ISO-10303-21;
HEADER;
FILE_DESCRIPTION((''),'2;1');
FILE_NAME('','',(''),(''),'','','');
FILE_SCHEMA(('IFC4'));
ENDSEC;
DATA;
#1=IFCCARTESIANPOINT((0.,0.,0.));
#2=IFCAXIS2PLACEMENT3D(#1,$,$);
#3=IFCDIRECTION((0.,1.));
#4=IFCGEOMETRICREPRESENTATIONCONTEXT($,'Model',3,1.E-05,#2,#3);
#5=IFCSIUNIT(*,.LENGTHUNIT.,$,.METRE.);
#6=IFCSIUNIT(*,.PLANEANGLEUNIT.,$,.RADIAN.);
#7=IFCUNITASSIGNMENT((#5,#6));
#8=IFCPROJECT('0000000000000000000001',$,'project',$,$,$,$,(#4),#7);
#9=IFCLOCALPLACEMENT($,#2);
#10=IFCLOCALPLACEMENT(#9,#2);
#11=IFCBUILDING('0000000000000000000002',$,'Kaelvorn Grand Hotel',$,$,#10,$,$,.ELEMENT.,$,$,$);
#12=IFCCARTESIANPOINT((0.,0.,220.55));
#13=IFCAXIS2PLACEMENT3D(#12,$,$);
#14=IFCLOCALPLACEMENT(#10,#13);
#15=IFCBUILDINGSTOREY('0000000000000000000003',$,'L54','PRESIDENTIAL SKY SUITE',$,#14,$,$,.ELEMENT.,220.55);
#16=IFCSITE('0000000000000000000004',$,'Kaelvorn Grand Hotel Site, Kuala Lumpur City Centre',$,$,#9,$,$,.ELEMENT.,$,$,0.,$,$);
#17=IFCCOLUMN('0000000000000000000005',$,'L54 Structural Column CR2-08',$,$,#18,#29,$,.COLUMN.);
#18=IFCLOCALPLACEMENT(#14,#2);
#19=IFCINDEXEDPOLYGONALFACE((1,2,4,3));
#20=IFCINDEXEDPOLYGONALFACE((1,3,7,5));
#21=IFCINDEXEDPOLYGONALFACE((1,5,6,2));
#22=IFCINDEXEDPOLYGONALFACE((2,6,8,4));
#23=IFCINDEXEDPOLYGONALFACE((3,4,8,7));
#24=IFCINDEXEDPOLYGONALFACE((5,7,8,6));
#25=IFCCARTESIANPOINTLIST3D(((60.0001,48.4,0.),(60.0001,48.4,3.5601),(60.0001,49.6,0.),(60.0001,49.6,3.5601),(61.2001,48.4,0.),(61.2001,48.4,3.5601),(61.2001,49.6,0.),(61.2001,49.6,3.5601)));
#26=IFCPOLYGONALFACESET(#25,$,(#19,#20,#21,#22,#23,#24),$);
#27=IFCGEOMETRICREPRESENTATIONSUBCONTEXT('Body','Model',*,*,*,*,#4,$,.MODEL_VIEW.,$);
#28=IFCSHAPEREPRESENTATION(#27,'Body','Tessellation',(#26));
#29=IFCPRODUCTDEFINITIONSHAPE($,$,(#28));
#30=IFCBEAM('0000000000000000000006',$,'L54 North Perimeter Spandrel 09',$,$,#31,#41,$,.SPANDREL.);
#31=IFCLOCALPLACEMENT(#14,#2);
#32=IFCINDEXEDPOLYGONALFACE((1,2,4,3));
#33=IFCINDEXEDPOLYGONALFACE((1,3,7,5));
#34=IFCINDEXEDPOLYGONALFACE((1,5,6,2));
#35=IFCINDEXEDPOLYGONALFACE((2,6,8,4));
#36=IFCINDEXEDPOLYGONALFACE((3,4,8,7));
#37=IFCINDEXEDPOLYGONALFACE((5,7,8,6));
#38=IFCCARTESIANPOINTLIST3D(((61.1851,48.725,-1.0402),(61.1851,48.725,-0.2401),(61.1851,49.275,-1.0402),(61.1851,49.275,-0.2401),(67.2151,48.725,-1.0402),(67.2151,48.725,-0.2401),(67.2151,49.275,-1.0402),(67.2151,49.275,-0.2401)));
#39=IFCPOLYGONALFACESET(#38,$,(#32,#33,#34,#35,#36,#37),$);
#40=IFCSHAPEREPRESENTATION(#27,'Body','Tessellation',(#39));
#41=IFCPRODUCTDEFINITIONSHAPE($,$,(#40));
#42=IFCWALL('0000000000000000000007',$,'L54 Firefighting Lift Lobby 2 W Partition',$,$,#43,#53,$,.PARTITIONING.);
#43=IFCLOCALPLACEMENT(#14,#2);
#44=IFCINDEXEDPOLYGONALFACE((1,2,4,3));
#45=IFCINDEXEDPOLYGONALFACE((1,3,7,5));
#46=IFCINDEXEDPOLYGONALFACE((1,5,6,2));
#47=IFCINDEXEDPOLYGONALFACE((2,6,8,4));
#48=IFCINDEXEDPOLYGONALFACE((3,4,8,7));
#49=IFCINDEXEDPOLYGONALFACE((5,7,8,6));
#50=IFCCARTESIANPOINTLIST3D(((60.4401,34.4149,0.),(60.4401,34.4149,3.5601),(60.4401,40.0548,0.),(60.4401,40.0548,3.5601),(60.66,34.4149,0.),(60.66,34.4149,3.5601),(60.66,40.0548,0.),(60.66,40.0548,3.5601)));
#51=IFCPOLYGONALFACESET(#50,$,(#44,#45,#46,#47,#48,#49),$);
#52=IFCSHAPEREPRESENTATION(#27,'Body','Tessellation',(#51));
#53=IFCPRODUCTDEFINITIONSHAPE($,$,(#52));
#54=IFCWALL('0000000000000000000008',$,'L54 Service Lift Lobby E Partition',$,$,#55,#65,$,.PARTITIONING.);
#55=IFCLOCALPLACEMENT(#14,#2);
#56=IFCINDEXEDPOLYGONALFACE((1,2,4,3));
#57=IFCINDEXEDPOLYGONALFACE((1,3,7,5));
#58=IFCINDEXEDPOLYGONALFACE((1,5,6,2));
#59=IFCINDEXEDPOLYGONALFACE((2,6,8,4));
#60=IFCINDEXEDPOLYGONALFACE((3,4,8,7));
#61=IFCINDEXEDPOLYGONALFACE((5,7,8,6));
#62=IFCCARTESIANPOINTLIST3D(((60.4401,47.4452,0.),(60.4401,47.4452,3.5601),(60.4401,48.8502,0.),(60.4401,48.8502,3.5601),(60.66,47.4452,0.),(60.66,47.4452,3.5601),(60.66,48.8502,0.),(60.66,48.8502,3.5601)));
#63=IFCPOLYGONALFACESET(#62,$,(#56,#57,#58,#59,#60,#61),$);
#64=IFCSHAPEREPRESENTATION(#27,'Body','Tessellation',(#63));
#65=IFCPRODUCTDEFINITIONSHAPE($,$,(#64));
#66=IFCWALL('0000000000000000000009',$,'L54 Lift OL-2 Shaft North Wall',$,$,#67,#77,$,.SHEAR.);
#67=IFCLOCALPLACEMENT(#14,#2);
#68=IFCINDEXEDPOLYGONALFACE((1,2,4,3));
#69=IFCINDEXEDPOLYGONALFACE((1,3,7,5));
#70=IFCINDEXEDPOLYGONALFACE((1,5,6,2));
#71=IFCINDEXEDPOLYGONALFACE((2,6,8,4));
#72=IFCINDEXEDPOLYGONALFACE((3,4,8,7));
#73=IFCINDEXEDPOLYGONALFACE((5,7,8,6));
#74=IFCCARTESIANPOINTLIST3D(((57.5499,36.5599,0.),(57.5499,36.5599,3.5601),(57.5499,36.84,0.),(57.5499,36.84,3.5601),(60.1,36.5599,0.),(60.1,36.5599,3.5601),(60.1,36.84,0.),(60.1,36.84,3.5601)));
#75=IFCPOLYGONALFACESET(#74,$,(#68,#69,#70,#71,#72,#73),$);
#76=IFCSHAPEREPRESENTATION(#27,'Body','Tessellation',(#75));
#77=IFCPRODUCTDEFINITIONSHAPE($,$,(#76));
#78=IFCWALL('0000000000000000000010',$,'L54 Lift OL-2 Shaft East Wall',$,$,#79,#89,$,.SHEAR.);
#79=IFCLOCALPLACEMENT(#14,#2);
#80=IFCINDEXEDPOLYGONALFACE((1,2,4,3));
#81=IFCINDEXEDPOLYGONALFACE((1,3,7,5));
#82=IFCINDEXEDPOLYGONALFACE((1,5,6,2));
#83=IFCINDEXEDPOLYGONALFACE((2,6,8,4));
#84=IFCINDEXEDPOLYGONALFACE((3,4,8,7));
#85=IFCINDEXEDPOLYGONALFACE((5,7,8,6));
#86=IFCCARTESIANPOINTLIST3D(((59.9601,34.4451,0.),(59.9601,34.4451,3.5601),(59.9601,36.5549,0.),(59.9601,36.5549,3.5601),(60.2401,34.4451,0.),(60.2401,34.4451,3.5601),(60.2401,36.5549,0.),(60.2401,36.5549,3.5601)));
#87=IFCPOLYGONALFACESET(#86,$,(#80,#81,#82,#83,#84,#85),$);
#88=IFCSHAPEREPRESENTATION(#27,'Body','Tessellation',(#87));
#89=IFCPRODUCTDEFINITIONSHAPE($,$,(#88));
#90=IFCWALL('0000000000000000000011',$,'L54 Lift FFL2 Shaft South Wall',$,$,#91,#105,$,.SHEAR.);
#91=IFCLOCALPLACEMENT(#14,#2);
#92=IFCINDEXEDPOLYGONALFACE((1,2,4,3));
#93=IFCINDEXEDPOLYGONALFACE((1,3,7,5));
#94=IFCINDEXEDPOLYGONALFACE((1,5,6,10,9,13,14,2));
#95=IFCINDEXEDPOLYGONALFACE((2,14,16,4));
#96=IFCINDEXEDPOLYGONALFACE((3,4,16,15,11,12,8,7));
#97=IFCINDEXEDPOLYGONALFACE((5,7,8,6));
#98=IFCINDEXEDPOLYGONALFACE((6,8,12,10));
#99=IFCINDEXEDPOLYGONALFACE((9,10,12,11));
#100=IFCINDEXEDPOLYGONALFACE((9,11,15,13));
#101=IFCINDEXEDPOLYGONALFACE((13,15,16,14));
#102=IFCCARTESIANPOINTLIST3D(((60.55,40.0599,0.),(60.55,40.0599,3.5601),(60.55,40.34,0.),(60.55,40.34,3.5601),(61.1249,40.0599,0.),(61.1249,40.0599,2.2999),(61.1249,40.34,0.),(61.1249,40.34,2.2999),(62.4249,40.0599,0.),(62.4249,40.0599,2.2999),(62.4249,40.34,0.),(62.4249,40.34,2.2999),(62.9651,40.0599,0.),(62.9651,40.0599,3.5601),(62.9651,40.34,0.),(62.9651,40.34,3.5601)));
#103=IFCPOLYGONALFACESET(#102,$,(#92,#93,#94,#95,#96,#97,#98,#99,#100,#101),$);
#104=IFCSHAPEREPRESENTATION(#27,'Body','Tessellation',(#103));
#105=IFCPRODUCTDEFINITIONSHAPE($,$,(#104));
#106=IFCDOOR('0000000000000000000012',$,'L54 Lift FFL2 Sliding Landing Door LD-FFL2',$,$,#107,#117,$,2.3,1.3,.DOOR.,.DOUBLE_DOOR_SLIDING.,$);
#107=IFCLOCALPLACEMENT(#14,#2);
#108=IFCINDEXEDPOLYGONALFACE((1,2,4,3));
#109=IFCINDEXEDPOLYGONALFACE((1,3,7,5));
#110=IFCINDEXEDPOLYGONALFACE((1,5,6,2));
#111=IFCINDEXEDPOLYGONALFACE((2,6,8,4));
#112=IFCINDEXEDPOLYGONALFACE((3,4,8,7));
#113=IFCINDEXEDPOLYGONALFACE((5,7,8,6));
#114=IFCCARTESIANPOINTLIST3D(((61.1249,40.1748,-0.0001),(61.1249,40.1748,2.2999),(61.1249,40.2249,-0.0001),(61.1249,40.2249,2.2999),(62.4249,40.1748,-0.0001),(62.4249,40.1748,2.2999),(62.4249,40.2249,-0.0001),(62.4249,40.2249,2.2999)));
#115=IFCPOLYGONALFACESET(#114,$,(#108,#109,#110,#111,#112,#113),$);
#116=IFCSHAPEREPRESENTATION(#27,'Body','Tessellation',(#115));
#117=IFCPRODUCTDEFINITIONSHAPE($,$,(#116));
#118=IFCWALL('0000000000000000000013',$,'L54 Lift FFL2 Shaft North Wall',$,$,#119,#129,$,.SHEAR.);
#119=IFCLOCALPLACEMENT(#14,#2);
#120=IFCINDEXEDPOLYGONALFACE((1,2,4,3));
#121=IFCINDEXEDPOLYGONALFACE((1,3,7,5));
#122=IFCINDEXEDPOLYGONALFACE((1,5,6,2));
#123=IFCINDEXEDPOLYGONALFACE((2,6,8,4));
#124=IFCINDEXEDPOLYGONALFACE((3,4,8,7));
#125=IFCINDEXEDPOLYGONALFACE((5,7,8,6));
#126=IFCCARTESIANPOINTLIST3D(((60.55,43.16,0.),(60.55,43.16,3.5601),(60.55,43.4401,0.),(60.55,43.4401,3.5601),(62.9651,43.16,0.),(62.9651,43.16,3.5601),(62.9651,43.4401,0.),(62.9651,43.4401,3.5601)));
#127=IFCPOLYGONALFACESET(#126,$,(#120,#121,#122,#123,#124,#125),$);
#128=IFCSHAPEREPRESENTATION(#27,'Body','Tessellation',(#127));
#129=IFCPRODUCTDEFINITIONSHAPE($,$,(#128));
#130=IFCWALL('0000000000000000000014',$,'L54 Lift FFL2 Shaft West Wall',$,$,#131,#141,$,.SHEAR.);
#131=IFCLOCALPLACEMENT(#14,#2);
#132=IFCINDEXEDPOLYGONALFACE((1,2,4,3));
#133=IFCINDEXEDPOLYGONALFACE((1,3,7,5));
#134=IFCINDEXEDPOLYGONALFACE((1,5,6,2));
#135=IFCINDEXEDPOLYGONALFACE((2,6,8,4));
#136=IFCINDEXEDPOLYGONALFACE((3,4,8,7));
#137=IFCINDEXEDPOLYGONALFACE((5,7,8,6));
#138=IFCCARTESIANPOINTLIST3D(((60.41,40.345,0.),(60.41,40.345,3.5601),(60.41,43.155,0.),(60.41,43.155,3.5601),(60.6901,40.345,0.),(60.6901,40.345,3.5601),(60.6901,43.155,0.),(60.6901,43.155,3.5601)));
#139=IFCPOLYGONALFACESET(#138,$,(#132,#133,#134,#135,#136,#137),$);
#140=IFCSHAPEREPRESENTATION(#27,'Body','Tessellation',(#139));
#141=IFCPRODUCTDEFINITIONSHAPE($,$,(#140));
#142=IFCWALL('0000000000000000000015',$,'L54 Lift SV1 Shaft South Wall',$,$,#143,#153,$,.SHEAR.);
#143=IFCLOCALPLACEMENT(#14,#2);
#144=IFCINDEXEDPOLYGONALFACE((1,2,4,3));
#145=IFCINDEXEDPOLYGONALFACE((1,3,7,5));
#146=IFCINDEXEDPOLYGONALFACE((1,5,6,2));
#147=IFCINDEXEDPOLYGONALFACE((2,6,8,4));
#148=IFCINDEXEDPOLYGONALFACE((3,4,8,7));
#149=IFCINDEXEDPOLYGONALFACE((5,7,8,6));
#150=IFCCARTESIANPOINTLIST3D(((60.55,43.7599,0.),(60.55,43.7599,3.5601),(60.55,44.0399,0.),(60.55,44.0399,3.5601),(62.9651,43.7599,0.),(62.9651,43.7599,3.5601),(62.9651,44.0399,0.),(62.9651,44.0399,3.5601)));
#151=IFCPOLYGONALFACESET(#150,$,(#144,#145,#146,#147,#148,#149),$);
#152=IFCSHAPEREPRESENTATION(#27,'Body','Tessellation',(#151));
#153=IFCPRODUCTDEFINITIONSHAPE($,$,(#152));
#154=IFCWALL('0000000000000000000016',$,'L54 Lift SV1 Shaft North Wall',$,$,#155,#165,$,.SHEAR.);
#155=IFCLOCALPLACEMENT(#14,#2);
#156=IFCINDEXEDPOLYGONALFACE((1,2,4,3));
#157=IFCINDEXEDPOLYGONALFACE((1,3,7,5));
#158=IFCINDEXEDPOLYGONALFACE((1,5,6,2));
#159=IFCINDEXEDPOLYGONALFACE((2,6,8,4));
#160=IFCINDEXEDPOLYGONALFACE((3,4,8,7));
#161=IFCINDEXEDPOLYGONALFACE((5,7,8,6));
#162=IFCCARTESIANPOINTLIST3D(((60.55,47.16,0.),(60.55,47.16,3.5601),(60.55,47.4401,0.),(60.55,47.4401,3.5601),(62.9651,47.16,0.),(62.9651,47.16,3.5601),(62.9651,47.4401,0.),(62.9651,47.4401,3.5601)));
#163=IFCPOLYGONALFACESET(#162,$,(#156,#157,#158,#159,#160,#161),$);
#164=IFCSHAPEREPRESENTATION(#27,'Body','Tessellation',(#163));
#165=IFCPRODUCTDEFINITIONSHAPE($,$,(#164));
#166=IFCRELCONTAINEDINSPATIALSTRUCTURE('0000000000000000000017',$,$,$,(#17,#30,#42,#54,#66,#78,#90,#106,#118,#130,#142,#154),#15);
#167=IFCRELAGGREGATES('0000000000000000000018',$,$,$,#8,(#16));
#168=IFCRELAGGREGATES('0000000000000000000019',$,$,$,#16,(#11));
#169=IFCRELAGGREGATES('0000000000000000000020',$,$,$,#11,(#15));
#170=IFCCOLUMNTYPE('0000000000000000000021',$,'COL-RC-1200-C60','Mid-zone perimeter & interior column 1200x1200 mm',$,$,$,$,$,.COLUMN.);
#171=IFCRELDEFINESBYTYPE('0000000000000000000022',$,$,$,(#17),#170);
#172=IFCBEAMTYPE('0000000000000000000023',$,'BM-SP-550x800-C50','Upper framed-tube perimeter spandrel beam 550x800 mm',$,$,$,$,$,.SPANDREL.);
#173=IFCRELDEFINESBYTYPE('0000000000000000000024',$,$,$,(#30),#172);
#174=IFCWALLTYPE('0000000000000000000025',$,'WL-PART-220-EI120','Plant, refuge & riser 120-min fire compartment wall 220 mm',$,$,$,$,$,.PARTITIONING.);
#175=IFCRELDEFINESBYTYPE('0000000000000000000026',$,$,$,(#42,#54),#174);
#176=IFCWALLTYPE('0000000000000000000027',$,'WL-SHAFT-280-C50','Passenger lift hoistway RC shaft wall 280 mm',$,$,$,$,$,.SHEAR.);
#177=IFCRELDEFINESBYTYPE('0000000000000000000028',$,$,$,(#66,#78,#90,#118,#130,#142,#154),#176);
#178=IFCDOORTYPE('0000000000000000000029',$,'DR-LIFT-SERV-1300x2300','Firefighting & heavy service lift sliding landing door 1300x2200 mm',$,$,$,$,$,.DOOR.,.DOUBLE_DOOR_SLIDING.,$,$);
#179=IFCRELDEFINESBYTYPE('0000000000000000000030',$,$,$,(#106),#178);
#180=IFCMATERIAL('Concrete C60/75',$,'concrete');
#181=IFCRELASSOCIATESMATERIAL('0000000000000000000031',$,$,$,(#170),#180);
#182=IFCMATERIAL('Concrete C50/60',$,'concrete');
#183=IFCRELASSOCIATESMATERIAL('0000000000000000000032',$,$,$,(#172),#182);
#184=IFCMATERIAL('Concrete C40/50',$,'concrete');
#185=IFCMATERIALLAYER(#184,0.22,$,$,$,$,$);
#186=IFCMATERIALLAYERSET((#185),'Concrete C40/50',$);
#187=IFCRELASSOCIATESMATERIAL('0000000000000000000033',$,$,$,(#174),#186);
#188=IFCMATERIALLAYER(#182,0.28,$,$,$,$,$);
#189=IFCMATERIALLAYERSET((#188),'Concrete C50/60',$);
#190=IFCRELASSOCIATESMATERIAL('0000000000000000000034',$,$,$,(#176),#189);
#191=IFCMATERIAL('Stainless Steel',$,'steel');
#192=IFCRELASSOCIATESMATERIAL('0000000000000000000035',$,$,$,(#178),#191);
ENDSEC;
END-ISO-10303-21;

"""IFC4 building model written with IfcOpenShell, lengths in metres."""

from ifc_helpers import new_model, si_unit, direction, frame, frame_2d, origin, origin_2d, place, context, subcontext, project, spatial, rectangle, extrude, material, layer, layer_set, material_profile, profile_set, type_object, element, fill, save


model = new_model("IFC4")

# Units and contexts
model_context = context("Model", 3, precision=1e-05, world=origin(), true_north=direction((0.0, 1.0)))
body_context = subcontext(model_context, "Body", "Model", "MODEL_VIEW")
ifc_project = project(units=[si_unit("LENGTHUNIT", "METRE"), si_unit("PLANEANGLEUNIT", "RADIAN")], contexts=[model_context])

# Site, building, storey
site_placement = place(None, origin())
site = spatial("IfcSite", under=ifc_project, at=site_placement, Name="Kaelvorn Grand Hotel Site, Kuala Lumpur City Centre", CompositionType="ELEMENT", RefElevation=0.0)
building_placement = place(site_placement, origin())
building = spatial("IfcBuilding", under=site, at=building_placement, Name="Kaelvorn Grand Hotel", CompositionType="ELEMENT")
storey_placement = place(building_placement, frame((0.0, 0.0, 220.55)))
storey = spatial("IfcBuildingStorey", under=building, at=storey_placement, Name="L54", Description="PRESIDENTIAL SKY SUITE", CompositionType="ELEMENT", Elevation=220.55)

# Column
ifc_material_1 = material(Name="Concrete C60/75", Category="concrete")
ifc_material_profile_1 = material_profile(ifc_material_1, rectangle(XDim=1.2, YDim=1.2, at=origin_2d()), Name="RC COL 1200x1200")
ifc_profile_set_1 = profile_set([ifc_material_profile_1], Name="Concrete C60/75")
column_type = type_object("IfcColumnType", Name="COL-RC-1200-C60", Description="Mid-zone perimeter & interior column 1200x1200 mm", PredefinedType="COLUMN", material=ifc_profile_set_1)
column_placement = place(storey_placement, frame((60.6001, 49.0, 0.0), z_axis=(0.0, 0.0, 1.0), x_axis=(1.0, 0.0, 0.0)))
element("IfcColumn", 1, at=column_placement, inside=storey, type_object=column_type, Name="L54 Structural Column CR2-08", PredefinedType="COLUMN", context=body_context, shape_type="SweptSolid", body=[
    extrude(rectangle(XDim=1.2, YDim=1.2, at=origin_2d()), origin(), (0.0, 0.0, 1.0), 3.5601),
])

# Beam
ifc_material_2 = material(Name="Concrete C50/60", Category="concrete")
ifc_material_profile_2 = material_profile(ifc_material_2, rectangle(XDim=0.55, YDim=0.8, at=origin_2d()), Name="RC SPANDREL 550x800")
ifc_profile_set_2 = profile_set([ifc_material_profile_2], Name="Concrete C50/60")
beam_type = type_object("IfcBeamType", Name="BM-SP-550x800-C50", Description="Upper framed-tube perimeter spandrel beam 550x800 mm", PredefinedType="SPANDREL", material=ifc_profile_set_2)
beam_placement = place(storey_placement, frame((61.1851, 49.0, -0.6401), z_axis=(1.0, 0.0, 0.0), x_axis=(0.0, 1.0, 0.0)))
element("IfcBeam", 2, at=beam_placement, inside=storey, type_object=beam_type, Name="L54 North Perimeter Spandrel 09", PredefinedType="SPANDREL", context=body_context, shape_type="SweptSolid", body=[
    extrude(rectangle(XDim=0.55, YDim=0.8, at=origin_2d()), origin(), (0.0, 0.0, 1.0), 6.03),
])

# Shared definitions
ifc_material_3 = material(Name="Concrete C40/50", Category="concrete")
ifc_layer_1 = layer(ifc_material_3, 0.22)
ifc_layer_set_1 = layer_set([ifc_layer_1], Name="Concrete C40/50")
wall_type_1 = type_object("IfcWallType", Name="WL-PART-220-EI120", Description="Plant, refuge & riser 120-min fire compartment wall 220 mm", PredefinedType="PARTITIONING", material=ifc_layer_set_1)

# Walls
wall_1_placement = place(storey_placement, frame((60.55, 34.415, 0.0), z_axis=(0.0, 0.0, 1.0), x_axis=(0.0, 1.0, 0.0)))
element("IfcWall", 3, at=wall_1_placement, inside=storey, type_object=wall_type_1, Name="L54 Firefighting Lift Lobby 2 W Partition", PredefinedType="PARTITIONING", context=body_context, shape_type="SweptSolid", body=[
    extrude(rectangle(XDim=5.6399, YDim=0.22, at=frame_2d((2.8198, 0.0))), origin(), (0.0, 0.0, 1.0), 3.5601),
])
wall_2_placement = place(storey_placement, frame((60.55, 47.4451, 0.0), z_axis=(0.0, 0.0, 1.0), x_axis=(0.0, 1.0, 0.0)))
element("IfcWall", 4, at=wall_2_placement, inside=storey, type_object=wall_type_1, Name="L54 Service Lift Lobby E Partition", PredefinedType="PARTITIONING", context=body_context, shape_type="SweptSolid", body=[
    extrude(rectangle(XDim=1.405, YDim=0.22, at=frame_2d((0.7026, 0.0))), origin(), (0.0, 0.0, 1.0), 3.5601),
])
ifc_layer_2 = layer(ifc_material_2, 0.28)
ifc_layer_set_2 = layer_set([ifc_layer_2], Name="Concrete C50/60")
wall_type_2 = type_object("IfcWallType", Name="WL-SHAFT-280-C50", Description="Passenger lift hoistway RC shaft wall 280 mm", PredefinedType="SHEAR", material=ifc_layer_set_2)
wall_3_placement = place(storey_placement, frame((57.55, 36.7, 0.0), z_axis=(0.0, 0.0, 1.0), x_axis=(1.0, 0.0, 0.0)))
element("IfcWall", 5, at=wall_3_placement, inside=storey, type_object=wall_type_2, Name="L54 Lift OL-2 Shaft North Wall", PredefinedType="SHEAR", context=body_context, shape_type="SweptSolid", body=[
    extrude(rectangle(XDim=2.55, YDim=0.28, at=frame_2d((1.2749, 0.0))), origin(), (0.0, 0.0, 1.0), 3.5601),
])
wall_4_placement = place(storey_placement, frame((60.1001, 34.4451, 0.0), z_axis=(0.0, 0.0, 1.0), x_axis=(0.0, 1.0, 0.0)))
element("IfcWall", 6, at=wall_4_placement, inside=storey, type_object=wall_type_2, Name="L54 Lift OL-2 Shaft East Wall", PredefinedType="SHEAR", context=body_context, shape_type="SweptSolid", body=[
    extrude(rectangle(XDim=2.1099, YDim=0.28, at=frame_2d((1.0549, 0.0))), origin(), (0.0, 0.0, 1.0), 3.5601),
])

# Wall, opening, door
wall_5_placement = place(storey_placement, frame((60.55, 40.2, 0.0), z_axis=(0.0, 0.0, 1.0), x_axis=(1.0, 0.0, 0.0)))
wall_5 = element("IfcWall", 7, at=wall_5_placement, inside=storey, type_object=wall_type_2, Name="L54 Lift FFL2 Shaft South Wall", PredefinedType="SHEAR", context=body_context, shape_type="SweptSolid", body=[
    extrude(rectangle(XDim=2.415, YDim=0.28, at=frame_2d((1.2075, 0.0))), origin(), (0.0, 0.0, 1.0), 3.5601),
])
opening_1_placement = place(wall_5_placement, frame((0.575, 0.0, 0.0)))
opening_1 = element("IfcOpeningElement", 8, at=opening_1_placement, cuts=wall_5, PredefinedType="OPENING", context=body_context, shape_type="SweptSolid", body=[
    extrude(rectangle(XDim=1.3, YDim=2.3, at=frame_2d((0.6499, 1.1499))), frame((0.0, 0.1499, 0.0), z_axis=(0.0, -1.0, 0.0), x_axis=(1.0, 0.0, 0.0)), (0.0, 0.0, 1.0), 0.3),
])
ifc_material_4 = material(Name="Stainless Steel", Category="steel")
door_type_1 = type_object("IfcDoorType", Name="DR-LIFT-SERV-1300x2300", Description="Firefighting & heavy service lift sliding landing door 1300x2200 mm", OperationType="DOUBLE_DOOR_SLIDING", PredefinedType="DOOR", material=ifc_material_4)
door_1_placement = place(opening_1_placement, origin())
door_1 = element("IfcDoor", 9, at=door_1_placement, inside=storey, type_object=door_type_1, Name="L54 Lift FFL2 Sliding Landing Door LD-FFL2", OperationType="DOUBLE_DOOR_SLIDING", OverallHeight=2.3, OverallWidth=1.3, PredefinedType="DOOR", context=body_context, shape_type="SweptSolid", body=[
    extrude(rectangle(XDim=1.3, YDim=2.3, at=frame_2d((0.6499, 1.1499))), frame((0.0, 0.0249, 0.0), z_axis=(0.0, -1.0, 0.0), x_axis=(1.0, 0.0, 0.0)), (0.0, 0.0, 1.0), 0.05),
])
fill(opening_1, door_1)

# Walls
wall_6_placement = place(storey_placement, frame((60.55, 43.3, 0.0), z_axis=(0.0, 0.0, 1.0), x_axis=(1.0, 0.0, 0.0)))
element("IfcWall", 10, at=wall_6_placement, inside=storey, type_object=wall_type_2, Name="L54 Lift FFL2 Shaft North Wall", PredefinedType="SHEAR", context=body_context, shape_type="SweptSolid", body=[
    extrude(rectangle(XDim=2.415, YDim=0.28, at=frame_2d((1.2075, 0.0))), origin(), (0.0, 0.0, 1.0), 3.5601),
])
wall_7_placement = place(storey_placement, frame((60.55, 40.345, 0.0), z_axis=(0.0, 0.0, 1.0), x_axis=(0.0, 1.0, 0.0)))
element("IfcWall", 11, at=wall_7_placement, inside=storey, type_object=wall_type_2, Name="L54 Lift FFL2 Shaft West Wall", PredefinedType="SHEAR", context=body_context, shape_type="SweptSolid", body=[
    extrude(rectangle(XDim=2.8101, YDim=0.28, at=frame_2d((1.405, 0.0))), origin(), (0.0, 0.0, 1.0), 3.5601),
])
for number, where, z_axis, x_axis, name in (
    (12, (60.55, 43.8999, 0.0), (0.0, 0.0, 1.0), (1.0, 0.0, 0.0), "L54 Lift SV1 Shaft South Wall"),
    (13, (60.55, 47.3, 0.0), (0.0, 0.0, 1.0), (1.0, 0.0, 0.0), "L54 Lift SV1 Shaft North Wall"),
):
    element("IfcWall", number, at=place(storey_placement, frame(where, z_axis=z_axis, x_axis=x_axis)), inside=storey, type_object=wall_type_2, Name=name, PredefinedType="SHEAR", context=body_context, shape_type="SweptSolid", body=[
        extrude(rectangle(XDim=2.415, YDim=0.28, at=frame_2d((1.2075, 0.0))), origin(), (0.0, 0.0, 1.0), 3.5601),
    ])

save(model, "model.ifc")
